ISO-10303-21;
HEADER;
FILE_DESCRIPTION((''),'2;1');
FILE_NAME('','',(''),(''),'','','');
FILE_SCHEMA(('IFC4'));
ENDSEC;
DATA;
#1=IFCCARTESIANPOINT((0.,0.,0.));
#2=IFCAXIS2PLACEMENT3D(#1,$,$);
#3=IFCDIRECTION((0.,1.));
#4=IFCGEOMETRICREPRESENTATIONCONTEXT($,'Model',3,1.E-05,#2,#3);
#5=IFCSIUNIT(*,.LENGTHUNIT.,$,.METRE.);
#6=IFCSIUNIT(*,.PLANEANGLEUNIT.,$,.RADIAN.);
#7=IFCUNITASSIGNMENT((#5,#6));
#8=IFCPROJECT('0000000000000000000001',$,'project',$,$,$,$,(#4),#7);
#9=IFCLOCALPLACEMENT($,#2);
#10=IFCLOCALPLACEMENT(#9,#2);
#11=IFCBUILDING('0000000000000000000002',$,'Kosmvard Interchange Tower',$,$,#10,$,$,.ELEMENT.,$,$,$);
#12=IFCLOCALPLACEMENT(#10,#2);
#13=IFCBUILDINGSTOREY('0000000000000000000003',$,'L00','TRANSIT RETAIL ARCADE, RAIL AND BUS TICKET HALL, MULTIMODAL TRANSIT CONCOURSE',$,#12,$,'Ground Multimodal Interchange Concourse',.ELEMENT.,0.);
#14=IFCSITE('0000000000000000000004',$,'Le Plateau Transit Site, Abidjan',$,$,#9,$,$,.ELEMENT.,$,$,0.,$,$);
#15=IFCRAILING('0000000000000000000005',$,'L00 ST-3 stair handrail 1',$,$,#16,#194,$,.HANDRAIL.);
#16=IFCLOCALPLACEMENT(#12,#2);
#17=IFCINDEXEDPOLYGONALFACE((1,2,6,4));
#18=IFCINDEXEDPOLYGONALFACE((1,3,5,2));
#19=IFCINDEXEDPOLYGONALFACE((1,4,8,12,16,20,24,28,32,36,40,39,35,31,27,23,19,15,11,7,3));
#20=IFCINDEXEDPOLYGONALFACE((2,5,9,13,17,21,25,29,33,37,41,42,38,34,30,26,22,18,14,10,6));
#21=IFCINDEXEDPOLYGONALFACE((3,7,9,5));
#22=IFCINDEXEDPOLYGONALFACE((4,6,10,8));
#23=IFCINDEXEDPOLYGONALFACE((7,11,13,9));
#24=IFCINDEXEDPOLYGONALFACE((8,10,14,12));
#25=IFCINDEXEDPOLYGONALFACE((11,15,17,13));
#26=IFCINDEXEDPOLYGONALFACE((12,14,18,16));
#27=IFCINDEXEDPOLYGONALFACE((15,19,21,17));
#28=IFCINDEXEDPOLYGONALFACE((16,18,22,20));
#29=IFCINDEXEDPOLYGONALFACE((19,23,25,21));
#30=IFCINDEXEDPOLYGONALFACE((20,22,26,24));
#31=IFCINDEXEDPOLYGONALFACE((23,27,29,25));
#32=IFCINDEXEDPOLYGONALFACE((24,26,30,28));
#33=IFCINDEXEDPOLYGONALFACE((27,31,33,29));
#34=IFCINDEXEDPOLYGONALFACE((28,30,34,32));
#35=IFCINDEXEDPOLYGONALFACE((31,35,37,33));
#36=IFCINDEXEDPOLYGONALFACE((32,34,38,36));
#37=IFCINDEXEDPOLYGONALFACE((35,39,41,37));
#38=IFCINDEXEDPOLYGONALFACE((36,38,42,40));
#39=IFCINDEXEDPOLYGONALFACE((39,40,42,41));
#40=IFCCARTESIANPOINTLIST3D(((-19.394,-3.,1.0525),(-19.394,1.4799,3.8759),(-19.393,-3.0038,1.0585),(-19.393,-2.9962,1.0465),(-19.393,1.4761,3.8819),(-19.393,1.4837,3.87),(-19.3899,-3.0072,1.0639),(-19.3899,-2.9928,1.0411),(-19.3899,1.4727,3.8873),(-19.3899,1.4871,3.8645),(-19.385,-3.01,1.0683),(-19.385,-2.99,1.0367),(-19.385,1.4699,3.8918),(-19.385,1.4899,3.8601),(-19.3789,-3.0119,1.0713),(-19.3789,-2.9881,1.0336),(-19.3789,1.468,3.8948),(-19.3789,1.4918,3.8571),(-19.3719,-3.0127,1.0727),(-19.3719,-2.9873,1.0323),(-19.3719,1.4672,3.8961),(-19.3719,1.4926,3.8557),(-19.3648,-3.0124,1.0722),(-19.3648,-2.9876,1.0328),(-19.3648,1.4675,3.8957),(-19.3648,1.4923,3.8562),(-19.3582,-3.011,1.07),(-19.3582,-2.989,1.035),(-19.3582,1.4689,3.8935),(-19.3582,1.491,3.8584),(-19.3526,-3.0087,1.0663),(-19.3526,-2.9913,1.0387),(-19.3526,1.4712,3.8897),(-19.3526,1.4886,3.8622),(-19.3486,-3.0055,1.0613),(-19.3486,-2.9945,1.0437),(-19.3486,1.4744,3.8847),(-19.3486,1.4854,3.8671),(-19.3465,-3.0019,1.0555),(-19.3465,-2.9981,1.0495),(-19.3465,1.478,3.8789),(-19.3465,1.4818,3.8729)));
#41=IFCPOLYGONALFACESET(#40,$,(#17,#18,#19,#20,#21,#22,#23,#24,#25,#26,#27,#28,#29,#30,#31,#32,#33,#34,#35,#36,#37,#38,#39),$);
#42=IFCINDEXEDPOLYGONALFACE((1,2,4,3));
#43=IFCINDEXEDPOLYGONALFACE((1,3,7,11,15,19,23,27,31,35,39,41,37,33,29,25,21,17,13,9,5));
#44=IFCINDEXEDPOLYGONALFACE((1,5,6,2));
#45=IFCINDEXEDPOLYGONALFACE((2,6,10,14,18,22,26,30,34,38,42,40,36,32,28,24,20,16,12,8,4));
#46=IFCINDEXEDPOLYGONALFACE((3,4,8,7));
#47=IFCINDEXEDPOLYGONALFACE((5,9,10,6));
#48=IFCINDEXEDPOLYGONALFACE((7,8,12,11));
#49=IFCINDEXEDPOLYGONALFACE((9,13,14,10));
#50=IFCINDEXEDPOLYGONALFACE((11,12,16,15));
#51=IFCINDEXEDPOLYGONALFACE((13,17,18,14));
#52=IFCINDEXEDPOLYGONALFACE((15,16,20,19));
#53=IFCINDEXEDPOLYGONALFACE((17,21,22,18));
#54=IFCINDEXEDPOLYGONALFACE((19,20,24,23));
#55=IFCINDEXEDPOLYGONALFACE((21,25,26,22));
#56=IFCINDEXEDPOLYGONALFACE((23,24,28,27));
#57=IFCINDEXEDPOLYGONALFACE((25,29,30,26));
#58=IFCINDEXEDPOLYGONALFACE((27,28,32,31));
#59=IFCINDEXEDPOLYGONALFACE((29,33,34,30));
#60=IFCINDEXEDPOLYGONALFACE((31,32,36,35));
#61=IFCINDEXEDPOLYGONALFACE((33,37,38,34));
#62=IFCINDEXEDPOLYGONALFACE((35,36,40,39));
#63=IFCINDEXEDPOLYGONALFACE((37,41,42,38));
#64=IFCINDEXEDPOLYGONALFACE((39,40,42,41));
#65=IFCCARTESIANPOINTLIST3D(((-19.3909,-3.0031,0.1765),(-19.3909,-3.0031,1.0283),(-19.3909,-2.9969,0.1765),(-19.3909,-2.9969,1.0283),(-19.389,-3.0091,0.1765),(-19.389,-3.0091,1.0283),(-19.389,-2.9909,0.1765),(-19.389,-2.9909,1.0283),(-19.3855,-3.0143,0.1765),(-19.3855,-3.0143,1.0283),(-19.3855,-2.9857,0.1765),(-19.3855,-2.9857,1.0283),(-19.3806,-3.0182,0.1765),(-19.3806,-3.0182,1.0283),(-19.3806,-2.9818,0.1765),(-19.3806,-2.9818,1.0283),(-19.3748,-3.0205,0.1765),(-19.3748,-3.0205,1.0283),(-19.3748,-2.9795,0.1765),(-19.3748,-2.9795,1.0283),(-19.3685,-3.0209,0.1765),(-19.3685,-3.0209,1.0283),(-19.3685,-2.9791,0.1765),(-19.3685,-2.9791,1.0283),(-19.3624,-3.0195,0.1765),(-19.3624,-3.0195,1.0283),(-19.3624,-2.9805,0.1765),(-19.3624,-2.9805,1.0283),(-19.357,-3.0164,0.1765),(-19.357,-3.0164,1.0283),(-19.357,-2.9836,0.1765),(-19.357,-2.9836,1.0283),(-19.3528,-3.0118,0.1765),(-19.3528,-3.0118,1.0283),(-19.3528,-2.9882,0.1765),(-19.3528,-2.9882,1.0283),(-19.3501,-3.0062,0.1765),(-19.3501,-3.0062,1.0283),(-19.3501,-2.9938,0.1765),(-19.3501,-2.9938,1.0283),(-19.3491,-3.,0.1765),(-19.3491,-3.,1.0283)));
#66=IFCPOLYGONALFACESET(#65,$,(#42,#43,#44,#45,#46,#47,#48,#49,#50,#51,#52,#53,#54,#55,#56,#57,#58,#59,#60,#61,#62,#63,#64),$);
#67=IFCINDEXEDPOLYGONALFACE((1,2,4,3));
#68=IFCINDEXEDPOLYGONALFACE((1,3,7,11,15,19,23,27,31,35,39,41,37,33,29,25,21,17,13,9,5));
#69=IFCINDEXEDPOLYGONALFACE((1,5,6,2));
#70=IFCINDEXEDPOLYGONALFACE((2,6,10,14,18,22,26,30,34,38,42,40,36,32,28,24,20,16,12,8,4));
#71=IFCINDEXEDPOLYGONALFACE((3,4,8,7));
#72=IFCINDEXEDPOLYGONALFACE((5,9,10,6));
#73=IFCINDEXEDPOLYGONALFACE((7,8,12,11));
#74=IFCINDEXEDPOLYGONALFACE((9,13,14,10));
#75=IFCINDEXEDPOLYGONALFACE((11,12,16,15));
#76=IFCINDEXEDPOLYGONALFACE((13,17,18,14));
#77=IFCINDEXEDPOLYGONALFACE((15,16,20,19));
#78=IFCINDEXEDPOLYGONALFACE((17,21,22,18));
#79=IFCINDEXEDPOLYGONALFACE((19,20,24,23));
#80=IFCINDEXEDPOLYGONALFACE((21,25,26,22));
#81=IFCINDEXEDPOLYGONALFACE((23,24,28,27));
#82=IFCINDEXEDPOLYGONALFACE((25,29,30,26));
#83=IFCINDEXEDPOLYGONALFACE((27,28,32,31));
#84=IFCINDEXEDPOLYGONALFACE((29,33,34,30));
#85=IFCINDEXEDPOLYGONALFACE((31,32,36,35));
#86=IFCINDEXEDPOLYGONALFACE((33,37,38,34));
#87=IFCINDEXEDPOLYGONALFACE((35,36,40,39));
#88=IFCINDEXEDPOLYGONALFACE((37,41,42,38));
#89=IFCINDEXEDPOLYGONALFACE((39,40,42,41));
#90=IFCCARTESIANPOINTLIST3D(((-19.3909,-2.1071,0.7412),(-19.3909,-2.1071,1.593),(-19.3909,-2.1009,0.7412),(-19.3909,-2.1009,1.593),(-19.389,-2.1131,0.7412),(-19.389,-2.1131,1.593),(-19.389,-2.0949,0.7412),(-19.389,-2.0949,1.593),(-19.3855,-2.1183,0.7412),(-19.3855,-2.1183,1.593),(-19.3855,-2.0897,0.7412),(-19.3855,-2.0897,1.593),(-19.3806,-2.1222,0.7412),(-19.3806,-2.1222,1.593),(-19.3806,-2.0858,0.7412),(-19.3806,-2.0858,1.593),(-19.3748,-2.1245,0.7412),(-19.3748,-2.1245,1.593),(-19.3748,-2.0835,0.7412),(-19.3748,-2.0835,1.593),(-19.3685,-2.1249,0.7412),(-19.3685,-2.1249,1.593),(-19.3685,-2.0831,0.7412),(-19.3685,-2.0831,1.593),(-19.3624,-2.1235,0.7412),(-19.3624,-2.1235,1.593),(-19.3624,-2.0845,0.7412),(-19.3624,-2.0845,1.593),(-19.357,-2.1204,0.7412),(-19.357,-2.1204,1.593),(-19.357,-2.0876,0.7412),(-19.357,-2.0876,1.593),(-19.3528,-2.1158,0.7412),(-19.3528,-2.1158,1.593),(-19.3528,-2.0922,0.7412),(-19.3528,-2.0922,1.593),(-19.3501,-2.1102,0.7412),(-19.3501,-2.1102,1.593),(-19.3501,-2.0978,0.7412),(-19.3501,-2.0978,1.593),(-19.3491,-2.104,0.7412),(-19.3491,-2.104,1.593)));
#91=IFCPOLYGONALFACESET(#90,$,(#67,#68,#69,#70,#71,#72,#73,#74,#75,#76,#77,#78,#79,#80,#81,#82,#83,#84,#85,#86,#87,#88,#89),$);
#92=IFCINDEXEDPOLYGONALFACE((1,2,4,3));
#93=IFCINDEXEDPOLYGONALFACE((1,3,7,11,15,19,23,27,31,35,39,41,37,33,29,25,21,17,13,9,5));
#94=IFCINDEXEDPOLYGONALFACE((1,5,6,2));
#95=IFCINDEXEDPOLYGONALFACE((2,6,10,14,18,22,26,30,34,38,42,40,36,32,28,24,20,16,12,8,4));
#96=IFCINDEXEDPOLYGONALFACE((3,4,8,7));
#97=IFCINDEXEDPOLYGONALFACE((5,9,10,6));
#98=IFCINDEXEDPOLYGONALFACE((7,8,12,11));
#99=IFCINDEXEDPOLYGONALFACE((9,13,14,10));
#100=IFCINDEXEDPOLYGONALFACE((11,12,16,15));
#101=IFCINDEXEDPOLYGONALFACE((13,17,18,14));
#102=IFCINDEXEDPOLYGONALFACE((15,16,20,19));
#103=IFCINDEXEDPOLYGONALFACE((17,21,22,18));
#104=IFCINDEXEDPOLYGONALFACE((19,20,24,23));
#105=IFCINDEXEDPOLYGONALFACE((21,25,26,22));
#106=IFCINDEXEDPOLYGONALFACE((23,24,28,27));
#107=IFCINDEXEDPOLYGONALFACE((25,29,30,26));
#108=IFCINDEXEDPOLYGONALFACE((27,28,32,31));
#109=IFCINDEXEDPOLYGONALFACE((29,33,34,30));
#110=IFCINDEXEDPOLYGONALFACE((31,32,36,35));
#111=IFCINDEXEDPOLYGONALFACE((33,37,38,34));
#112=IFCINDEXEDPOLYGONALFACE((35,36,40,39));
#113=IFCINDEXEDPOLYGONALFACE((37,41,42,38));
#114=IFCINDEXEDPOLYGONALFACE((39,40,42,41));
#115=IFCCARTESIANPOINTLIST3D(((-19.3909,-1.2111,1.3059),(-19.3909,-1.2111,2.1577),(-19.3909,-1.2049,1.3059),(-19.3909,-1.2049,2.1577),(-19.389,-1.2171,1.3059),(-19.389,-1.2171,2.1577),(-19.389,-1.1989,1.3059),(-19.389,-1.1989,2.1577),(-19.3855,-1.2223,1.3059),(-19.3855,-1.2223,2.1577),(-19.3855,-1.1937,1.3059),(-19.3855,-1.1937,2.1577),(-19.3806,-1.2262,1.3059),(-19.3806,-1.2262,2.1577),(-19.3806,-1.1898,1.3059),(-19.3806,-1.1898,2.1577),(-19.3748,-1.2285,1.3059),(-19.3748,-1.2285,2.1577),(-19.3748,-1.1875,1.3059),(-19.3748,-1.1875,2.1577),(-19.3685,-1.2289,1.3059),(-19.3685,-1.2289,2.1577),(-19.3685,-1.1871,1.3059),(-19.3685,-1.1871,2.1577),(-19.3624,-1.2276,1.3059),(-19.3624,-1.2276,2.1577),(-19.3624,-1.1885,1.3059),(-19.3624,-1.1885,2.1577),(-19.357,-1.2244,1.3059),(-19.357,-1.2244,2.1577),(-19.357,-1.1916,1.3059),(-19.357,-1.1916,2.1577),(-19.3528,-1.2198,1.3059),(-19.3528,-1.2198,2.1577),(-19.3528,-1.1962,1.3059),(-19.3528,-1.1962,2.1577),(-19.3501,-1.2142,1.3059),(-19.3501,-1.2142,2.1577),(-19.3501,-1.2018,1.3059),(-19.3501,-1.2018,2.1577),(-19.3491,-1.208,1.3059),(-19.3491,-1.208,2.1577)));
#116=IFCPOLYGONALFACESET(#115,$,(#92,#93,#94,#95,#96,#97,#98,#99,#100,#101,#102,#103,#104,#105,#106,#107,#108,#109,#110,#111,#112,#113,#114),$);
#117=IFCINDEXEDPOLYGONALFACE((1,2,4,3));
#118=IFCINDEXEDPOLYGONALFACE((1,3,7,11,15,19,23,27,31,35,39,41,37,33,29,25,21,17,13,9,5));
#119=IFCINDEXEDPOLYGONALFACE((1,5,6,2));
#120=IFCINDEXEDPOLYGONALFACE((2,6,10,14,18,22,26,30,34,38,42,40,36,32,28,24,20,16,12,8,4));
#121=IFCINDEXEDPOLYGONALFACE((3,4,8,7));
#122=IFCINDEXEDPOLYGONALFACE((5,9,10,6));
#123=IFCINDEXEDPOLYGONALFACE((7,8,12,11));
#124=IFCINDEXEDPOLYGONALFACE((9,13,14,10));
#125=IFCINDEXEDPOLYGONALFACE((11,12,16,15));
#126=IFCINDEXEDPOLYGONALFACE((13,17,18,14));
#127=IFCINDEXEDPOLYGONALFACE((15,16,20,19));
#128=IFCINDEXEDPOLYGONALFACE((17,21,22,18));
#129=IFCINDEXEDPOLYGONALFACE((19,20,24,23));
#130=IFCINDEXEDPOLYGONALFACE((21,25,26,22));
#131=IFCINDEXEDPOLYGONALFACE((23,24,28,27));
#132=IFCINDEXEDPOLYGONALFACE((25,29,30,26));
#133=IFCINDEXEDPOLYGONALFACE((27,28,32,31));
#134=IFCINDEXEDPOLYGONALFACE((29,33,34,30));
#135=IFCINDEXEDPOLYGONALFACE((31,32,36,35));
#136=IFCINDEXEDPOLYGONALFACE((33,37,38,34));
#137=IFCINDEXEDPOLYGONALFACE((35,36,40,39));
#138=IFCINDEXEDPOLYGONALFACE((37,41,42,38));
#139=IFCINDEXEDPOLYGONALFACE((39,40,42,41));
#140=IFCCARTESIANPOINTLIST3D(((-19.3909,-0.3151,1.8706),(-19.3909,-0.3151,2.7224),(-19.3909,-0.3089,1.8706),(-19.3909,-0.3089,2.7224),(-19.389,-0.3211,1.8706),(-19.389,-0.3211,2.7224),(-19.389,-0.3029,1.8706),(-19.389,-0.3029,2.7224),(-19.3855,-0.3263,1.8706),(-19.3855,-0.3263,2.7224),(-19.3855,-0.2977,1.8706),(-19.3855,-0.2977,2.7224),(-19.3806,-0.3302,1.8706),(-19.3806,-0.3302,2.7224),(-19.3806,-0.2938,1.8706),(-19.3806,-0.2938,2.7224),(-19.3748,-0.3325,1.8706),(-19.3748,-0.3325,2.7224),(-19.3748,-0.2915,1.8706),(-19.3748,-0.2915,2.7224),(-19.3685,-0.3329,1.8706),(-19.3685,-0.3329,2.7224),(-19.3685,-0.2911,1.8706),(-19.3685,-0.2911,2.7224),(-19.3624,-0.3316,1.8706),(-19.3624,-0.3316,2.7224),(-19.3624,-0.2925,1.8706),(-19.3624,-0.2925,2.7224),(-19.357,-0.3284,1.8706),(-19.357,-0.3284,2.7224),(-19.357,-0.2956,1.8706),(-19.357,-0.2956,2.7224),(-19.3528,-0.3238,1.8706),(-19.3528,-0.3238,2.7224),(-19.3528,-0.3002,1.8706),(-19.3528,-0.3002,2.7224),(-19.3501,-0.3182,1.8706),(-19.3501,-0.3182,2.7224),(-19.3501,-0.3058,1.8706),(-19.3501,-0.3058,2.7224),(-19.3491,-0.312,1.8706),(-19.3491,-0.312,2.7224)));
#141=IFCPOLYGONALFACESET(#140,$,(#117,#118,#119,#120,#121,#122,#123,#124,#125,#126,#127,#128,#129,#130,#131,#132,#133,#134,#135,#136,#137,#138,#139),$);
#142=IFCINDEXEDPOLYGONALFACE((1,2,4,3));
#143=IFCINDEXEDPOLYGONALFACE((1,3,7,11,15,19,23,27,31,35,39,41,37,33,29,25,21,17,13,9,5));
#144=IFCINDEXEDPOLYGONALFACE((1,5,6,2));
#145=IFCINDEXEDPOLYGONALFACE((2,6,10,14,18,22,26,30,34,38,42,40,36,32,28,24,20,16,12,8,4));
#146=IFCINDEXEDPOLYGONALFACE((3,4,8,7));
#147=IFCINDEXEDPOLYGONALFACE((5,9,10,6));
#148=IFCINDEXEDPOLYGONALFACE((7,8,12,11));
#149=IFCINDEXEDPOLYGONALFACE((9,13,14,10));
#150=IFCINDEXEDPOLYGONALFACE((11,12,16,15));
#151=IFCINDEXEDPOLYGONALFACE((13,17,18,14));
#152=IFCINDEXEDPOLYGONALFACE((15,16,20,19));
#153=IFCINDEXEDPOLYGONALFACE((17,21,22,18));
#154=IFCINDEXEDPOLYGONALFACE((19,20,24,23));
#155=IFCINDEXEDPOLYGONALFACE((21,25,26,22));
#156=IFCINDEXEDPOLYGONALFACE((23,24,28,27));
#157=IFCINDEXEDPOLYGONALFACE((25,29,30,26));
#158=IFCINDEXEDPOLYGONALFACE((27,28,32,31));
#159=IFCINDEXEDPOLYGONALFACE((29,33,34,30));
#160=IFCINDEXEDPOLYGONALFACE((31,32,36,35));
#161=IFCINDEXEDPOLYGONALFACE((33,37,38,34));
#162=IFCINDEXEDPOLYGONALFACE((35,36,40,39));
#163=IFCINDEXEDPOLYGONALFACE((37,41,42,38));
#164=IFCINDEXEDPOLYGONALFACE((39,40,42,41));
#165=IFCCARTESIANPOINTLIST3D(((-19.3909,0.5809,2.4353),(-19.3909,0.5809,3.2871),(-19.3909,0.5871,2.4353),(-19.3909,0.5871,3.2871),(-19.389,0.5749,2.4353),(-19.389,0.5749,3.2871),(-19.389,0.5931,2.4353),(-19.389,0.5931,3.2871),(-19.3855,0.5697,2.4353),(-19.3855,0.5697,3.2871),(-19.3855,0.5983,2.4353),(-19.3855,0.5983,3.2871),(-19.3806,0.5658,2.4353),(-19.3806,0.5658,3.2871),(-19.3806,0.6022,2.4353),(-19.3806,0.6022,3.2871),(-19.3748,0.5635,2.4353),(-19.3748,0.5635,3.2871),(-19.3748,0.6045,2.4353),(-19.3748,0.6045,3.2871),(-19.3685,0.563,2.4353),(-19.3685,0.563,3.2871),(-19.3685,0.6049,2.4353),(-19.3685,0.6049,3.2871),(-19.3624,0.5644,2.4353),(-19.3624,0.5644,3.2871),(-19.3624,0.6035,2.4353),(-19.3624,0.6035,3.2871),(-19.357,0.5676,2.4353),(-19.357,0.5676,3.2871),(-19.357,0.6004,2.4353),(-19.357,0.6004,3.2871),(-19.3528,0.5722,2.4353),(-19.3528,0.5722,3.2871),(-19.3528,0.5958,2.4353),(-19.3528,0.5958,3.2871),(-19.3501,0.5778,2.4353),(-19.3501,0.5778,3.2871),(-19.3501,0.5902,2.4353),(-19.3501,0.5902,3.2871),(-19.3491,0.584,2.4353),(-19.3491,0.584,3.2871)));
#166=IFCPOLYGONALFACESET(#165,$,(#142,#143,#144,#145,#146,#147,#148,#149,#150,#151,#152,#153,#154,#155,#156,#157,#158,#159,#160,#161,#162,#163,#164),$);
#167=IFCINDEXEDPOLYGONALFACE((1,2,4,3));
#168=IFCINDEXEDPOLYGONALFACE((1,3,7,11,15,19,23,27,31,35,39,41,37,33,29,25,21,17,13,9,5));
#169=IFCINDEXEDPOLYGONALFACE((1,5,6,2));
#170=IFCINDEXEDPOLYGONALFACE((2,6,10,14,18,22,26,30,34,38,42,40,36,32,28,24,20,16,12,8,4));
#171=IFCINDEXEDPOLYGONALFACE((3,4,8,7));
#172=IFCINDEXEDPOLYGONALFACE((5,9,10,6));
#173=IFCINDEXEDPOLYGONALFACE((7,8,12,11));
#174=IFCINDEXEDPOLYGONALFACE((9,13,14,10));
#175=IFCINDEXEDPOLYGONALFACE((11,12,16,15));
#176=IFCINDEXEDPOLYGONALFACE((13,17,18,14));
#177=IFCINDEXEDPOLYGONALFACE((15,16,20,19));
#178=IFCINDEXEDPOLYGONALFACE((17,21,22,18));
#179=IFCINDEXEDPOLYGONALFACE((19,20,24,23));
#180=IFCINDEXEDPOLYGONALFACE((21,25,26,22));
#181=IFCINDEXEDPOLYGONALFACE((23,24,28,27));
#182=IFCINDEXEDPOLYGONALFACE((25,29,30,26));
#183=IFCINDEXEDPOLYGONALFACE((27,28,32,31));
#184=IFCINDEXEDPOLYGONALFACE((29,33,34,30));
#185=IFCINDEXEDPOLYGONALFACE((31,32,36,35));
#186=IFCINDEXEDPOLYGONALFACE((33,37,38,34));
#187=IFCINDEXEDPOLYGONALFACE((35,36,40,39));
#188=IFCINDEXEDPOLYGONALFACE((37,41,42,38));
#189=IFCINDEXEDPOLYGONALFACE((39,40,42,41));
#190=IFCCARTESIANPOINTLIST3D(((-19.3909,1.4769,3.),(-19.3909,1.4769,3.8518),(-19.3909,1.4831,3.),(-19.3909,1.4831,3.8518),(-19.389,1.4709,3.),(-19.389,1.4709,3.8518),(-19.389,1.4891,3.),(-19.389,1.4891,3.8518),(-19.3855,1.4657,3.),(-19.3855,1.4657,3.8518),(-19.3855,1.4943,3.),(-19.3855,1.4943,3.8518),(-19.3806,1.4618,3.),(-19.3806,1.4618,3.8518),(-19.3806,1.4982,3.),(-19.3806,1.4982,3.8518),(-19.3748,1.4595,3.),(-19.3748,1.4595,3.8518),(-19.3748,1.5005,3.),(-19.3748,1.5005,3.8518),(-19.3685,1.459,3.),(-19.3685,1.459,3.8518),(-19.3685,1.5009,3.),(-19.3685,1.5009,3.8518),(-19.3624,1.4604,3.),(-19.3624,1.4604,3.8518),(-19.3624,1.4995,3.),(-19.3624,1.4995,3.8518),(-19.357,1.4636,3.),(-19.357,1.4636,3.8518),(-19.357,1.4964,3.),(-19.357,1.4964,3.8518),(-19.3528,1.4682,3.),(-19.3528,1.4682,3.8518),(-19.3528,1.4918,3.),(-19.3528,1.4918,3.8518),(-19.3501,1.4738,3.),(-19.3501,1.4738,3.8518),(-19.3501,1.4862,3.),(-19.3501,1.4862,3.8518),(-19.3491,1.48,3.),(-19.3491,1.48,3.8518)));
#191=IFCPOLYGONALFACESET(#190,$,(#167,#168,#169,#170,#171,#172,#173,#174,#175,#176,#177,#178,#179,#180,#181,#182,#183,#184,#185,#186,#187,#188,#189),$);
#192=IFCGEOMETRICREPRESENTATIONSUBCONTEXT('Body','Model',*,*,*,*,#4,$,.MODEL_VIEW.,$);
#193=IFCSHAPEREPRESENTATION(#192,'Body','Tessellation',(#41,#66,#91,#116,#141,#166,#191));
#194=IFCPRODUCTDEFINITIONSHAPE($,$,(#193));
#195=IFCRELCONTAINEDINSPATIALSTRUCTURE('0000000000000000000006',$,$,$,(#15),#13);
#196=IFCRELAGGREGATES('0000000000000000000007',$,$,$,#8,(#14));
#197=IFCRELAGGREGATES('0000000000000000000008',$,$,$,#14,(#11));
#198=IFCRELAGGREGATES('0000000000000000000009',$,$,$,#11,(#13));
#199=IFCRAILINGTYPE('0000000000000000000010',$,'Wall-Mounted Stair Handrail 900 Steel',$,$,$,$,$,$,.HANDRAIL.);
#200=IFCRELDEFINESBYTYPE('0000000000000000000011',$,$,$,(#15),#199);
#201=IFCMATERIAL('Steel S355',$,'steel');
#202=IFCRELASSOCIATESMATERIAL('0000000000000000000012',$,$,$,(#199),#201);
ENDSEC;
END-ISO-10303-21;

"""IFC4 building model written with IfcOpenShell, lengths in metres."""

from ifc_helpers import new_model, si_unit, direction, frame, origin, origin_2d, place, context, subcontext, project, spatial, circle, extrude, source, transform, mapped, material, type_object, element, save


model = new_model("IFC4")

# Units and contexts
model_context = context("Model", 3, precision=1e-05, world=origin(), true_north=direction((0.0, 1.0)))
body_context = subcontext(model_context, "Body", "Model", "MODEL_VIEW")
ifc_project = project(units=[si_unit("LENGTHUNIT", "METRE"), si_unit("PLANEANGLEUNIT", "RADIAN")], contexts=[model_context])

# Site, building, storey
site_placement = place(None, origin())
site = spatial("IfcSite", under=ifc_project, at=site_placement, Name="Le Plateau Transit Site, Abidjan", CompositionType="ELEMENT", RefElevation=0.0)
building_placement = place(site_placement, origin())
building = spatial("IfcBuilding", under=site, at=building_placement, Name="Kosmvard Interchange Tower", CompositionType="ELEMENT")
storey_placement = place(building_placement, origin())
storey = spatial("IfcBuildingStorey", under=building, at=storey_placement, Name="L00", Description="TRANSIT RETAIL ARCADE, RAIL AND BUS TICKET HALL, MULTIMODAL TRANSIT CONCOURSE", LongName="Ground Multimodal Interchange Concourse", CompositionType="ELEMENT", Elevation=0.0)

# Shared definitions
ifc_material_1 = material(Name="Steel S355", Category="steel")

# Railing
railing_type_1 = type_object("IfcRailingType", Name="Wall-Mounted Stair Handrail 900 Steel", PredefinedType="HANDRAIL", material=ifc_material_1)
shared_shape_1 = source(origin(), body_context, "Body", "SweptSolid", [
    extrude(circle(Radius=0.0239, at=origin_2d()), frame((0.0, 0.0, 0.876), z_axis=(0.0, 0.845998, 0.533186), x_axis=(-1.0, 0.0, 0.0)), (0.0, 0.0, 1.0), 5.2954),
    extrude(circle(Radius=0.021, at=origin_2d()), origin(), (0.0, 0.0, 1.0), 0.8518),
    extrude(circle(Radius=0.021, at=origin_2d()), frame((0.0, 0.896, 0.5647)), (0.0, 0.0, 1.0), 0.8518),
    extrude(circle(Radius=0.021, at=origin_2d()), frame((0.0, 1.792, 1.1294)), (0.0, 0.0, 1.0), 0.8518),
    extrude(circle(Radius=0.021, at=origin_2d()), frame((0.0, 2.688, 1.6941)), (0.0, 0.0, 1.0), 0.8518),
    extrude(circle(Radius=0.021, at=origin_2d()), frame((0.0, 3.584, 2.2588)), (0.0, 0.0, 1.0), 0.8518),
    extrude(circle(Radius=0.021, at=origin_2d()), frame((0.0, 4.48, 2.8235)), (0.0, 0.0, 1.0), 0.8518),
])
railing_1_placement = place(storey_placement, frame((-19.3701, -3.0, 0.1765)))
element("IfcRailing", 1, at=railing_1_placement, inside=storey, type_object=railing_type_1, Name="L00 ST-3 stair handrail 1", PredefinedType="HANDRAIL", context=body_context, shape_type="MappedRepresentation", body=[
    mapped(shared_shape_1, transform((0.0, 0.0, 0.0), scale=1.0)),
])

save(model, "model.ifc")
